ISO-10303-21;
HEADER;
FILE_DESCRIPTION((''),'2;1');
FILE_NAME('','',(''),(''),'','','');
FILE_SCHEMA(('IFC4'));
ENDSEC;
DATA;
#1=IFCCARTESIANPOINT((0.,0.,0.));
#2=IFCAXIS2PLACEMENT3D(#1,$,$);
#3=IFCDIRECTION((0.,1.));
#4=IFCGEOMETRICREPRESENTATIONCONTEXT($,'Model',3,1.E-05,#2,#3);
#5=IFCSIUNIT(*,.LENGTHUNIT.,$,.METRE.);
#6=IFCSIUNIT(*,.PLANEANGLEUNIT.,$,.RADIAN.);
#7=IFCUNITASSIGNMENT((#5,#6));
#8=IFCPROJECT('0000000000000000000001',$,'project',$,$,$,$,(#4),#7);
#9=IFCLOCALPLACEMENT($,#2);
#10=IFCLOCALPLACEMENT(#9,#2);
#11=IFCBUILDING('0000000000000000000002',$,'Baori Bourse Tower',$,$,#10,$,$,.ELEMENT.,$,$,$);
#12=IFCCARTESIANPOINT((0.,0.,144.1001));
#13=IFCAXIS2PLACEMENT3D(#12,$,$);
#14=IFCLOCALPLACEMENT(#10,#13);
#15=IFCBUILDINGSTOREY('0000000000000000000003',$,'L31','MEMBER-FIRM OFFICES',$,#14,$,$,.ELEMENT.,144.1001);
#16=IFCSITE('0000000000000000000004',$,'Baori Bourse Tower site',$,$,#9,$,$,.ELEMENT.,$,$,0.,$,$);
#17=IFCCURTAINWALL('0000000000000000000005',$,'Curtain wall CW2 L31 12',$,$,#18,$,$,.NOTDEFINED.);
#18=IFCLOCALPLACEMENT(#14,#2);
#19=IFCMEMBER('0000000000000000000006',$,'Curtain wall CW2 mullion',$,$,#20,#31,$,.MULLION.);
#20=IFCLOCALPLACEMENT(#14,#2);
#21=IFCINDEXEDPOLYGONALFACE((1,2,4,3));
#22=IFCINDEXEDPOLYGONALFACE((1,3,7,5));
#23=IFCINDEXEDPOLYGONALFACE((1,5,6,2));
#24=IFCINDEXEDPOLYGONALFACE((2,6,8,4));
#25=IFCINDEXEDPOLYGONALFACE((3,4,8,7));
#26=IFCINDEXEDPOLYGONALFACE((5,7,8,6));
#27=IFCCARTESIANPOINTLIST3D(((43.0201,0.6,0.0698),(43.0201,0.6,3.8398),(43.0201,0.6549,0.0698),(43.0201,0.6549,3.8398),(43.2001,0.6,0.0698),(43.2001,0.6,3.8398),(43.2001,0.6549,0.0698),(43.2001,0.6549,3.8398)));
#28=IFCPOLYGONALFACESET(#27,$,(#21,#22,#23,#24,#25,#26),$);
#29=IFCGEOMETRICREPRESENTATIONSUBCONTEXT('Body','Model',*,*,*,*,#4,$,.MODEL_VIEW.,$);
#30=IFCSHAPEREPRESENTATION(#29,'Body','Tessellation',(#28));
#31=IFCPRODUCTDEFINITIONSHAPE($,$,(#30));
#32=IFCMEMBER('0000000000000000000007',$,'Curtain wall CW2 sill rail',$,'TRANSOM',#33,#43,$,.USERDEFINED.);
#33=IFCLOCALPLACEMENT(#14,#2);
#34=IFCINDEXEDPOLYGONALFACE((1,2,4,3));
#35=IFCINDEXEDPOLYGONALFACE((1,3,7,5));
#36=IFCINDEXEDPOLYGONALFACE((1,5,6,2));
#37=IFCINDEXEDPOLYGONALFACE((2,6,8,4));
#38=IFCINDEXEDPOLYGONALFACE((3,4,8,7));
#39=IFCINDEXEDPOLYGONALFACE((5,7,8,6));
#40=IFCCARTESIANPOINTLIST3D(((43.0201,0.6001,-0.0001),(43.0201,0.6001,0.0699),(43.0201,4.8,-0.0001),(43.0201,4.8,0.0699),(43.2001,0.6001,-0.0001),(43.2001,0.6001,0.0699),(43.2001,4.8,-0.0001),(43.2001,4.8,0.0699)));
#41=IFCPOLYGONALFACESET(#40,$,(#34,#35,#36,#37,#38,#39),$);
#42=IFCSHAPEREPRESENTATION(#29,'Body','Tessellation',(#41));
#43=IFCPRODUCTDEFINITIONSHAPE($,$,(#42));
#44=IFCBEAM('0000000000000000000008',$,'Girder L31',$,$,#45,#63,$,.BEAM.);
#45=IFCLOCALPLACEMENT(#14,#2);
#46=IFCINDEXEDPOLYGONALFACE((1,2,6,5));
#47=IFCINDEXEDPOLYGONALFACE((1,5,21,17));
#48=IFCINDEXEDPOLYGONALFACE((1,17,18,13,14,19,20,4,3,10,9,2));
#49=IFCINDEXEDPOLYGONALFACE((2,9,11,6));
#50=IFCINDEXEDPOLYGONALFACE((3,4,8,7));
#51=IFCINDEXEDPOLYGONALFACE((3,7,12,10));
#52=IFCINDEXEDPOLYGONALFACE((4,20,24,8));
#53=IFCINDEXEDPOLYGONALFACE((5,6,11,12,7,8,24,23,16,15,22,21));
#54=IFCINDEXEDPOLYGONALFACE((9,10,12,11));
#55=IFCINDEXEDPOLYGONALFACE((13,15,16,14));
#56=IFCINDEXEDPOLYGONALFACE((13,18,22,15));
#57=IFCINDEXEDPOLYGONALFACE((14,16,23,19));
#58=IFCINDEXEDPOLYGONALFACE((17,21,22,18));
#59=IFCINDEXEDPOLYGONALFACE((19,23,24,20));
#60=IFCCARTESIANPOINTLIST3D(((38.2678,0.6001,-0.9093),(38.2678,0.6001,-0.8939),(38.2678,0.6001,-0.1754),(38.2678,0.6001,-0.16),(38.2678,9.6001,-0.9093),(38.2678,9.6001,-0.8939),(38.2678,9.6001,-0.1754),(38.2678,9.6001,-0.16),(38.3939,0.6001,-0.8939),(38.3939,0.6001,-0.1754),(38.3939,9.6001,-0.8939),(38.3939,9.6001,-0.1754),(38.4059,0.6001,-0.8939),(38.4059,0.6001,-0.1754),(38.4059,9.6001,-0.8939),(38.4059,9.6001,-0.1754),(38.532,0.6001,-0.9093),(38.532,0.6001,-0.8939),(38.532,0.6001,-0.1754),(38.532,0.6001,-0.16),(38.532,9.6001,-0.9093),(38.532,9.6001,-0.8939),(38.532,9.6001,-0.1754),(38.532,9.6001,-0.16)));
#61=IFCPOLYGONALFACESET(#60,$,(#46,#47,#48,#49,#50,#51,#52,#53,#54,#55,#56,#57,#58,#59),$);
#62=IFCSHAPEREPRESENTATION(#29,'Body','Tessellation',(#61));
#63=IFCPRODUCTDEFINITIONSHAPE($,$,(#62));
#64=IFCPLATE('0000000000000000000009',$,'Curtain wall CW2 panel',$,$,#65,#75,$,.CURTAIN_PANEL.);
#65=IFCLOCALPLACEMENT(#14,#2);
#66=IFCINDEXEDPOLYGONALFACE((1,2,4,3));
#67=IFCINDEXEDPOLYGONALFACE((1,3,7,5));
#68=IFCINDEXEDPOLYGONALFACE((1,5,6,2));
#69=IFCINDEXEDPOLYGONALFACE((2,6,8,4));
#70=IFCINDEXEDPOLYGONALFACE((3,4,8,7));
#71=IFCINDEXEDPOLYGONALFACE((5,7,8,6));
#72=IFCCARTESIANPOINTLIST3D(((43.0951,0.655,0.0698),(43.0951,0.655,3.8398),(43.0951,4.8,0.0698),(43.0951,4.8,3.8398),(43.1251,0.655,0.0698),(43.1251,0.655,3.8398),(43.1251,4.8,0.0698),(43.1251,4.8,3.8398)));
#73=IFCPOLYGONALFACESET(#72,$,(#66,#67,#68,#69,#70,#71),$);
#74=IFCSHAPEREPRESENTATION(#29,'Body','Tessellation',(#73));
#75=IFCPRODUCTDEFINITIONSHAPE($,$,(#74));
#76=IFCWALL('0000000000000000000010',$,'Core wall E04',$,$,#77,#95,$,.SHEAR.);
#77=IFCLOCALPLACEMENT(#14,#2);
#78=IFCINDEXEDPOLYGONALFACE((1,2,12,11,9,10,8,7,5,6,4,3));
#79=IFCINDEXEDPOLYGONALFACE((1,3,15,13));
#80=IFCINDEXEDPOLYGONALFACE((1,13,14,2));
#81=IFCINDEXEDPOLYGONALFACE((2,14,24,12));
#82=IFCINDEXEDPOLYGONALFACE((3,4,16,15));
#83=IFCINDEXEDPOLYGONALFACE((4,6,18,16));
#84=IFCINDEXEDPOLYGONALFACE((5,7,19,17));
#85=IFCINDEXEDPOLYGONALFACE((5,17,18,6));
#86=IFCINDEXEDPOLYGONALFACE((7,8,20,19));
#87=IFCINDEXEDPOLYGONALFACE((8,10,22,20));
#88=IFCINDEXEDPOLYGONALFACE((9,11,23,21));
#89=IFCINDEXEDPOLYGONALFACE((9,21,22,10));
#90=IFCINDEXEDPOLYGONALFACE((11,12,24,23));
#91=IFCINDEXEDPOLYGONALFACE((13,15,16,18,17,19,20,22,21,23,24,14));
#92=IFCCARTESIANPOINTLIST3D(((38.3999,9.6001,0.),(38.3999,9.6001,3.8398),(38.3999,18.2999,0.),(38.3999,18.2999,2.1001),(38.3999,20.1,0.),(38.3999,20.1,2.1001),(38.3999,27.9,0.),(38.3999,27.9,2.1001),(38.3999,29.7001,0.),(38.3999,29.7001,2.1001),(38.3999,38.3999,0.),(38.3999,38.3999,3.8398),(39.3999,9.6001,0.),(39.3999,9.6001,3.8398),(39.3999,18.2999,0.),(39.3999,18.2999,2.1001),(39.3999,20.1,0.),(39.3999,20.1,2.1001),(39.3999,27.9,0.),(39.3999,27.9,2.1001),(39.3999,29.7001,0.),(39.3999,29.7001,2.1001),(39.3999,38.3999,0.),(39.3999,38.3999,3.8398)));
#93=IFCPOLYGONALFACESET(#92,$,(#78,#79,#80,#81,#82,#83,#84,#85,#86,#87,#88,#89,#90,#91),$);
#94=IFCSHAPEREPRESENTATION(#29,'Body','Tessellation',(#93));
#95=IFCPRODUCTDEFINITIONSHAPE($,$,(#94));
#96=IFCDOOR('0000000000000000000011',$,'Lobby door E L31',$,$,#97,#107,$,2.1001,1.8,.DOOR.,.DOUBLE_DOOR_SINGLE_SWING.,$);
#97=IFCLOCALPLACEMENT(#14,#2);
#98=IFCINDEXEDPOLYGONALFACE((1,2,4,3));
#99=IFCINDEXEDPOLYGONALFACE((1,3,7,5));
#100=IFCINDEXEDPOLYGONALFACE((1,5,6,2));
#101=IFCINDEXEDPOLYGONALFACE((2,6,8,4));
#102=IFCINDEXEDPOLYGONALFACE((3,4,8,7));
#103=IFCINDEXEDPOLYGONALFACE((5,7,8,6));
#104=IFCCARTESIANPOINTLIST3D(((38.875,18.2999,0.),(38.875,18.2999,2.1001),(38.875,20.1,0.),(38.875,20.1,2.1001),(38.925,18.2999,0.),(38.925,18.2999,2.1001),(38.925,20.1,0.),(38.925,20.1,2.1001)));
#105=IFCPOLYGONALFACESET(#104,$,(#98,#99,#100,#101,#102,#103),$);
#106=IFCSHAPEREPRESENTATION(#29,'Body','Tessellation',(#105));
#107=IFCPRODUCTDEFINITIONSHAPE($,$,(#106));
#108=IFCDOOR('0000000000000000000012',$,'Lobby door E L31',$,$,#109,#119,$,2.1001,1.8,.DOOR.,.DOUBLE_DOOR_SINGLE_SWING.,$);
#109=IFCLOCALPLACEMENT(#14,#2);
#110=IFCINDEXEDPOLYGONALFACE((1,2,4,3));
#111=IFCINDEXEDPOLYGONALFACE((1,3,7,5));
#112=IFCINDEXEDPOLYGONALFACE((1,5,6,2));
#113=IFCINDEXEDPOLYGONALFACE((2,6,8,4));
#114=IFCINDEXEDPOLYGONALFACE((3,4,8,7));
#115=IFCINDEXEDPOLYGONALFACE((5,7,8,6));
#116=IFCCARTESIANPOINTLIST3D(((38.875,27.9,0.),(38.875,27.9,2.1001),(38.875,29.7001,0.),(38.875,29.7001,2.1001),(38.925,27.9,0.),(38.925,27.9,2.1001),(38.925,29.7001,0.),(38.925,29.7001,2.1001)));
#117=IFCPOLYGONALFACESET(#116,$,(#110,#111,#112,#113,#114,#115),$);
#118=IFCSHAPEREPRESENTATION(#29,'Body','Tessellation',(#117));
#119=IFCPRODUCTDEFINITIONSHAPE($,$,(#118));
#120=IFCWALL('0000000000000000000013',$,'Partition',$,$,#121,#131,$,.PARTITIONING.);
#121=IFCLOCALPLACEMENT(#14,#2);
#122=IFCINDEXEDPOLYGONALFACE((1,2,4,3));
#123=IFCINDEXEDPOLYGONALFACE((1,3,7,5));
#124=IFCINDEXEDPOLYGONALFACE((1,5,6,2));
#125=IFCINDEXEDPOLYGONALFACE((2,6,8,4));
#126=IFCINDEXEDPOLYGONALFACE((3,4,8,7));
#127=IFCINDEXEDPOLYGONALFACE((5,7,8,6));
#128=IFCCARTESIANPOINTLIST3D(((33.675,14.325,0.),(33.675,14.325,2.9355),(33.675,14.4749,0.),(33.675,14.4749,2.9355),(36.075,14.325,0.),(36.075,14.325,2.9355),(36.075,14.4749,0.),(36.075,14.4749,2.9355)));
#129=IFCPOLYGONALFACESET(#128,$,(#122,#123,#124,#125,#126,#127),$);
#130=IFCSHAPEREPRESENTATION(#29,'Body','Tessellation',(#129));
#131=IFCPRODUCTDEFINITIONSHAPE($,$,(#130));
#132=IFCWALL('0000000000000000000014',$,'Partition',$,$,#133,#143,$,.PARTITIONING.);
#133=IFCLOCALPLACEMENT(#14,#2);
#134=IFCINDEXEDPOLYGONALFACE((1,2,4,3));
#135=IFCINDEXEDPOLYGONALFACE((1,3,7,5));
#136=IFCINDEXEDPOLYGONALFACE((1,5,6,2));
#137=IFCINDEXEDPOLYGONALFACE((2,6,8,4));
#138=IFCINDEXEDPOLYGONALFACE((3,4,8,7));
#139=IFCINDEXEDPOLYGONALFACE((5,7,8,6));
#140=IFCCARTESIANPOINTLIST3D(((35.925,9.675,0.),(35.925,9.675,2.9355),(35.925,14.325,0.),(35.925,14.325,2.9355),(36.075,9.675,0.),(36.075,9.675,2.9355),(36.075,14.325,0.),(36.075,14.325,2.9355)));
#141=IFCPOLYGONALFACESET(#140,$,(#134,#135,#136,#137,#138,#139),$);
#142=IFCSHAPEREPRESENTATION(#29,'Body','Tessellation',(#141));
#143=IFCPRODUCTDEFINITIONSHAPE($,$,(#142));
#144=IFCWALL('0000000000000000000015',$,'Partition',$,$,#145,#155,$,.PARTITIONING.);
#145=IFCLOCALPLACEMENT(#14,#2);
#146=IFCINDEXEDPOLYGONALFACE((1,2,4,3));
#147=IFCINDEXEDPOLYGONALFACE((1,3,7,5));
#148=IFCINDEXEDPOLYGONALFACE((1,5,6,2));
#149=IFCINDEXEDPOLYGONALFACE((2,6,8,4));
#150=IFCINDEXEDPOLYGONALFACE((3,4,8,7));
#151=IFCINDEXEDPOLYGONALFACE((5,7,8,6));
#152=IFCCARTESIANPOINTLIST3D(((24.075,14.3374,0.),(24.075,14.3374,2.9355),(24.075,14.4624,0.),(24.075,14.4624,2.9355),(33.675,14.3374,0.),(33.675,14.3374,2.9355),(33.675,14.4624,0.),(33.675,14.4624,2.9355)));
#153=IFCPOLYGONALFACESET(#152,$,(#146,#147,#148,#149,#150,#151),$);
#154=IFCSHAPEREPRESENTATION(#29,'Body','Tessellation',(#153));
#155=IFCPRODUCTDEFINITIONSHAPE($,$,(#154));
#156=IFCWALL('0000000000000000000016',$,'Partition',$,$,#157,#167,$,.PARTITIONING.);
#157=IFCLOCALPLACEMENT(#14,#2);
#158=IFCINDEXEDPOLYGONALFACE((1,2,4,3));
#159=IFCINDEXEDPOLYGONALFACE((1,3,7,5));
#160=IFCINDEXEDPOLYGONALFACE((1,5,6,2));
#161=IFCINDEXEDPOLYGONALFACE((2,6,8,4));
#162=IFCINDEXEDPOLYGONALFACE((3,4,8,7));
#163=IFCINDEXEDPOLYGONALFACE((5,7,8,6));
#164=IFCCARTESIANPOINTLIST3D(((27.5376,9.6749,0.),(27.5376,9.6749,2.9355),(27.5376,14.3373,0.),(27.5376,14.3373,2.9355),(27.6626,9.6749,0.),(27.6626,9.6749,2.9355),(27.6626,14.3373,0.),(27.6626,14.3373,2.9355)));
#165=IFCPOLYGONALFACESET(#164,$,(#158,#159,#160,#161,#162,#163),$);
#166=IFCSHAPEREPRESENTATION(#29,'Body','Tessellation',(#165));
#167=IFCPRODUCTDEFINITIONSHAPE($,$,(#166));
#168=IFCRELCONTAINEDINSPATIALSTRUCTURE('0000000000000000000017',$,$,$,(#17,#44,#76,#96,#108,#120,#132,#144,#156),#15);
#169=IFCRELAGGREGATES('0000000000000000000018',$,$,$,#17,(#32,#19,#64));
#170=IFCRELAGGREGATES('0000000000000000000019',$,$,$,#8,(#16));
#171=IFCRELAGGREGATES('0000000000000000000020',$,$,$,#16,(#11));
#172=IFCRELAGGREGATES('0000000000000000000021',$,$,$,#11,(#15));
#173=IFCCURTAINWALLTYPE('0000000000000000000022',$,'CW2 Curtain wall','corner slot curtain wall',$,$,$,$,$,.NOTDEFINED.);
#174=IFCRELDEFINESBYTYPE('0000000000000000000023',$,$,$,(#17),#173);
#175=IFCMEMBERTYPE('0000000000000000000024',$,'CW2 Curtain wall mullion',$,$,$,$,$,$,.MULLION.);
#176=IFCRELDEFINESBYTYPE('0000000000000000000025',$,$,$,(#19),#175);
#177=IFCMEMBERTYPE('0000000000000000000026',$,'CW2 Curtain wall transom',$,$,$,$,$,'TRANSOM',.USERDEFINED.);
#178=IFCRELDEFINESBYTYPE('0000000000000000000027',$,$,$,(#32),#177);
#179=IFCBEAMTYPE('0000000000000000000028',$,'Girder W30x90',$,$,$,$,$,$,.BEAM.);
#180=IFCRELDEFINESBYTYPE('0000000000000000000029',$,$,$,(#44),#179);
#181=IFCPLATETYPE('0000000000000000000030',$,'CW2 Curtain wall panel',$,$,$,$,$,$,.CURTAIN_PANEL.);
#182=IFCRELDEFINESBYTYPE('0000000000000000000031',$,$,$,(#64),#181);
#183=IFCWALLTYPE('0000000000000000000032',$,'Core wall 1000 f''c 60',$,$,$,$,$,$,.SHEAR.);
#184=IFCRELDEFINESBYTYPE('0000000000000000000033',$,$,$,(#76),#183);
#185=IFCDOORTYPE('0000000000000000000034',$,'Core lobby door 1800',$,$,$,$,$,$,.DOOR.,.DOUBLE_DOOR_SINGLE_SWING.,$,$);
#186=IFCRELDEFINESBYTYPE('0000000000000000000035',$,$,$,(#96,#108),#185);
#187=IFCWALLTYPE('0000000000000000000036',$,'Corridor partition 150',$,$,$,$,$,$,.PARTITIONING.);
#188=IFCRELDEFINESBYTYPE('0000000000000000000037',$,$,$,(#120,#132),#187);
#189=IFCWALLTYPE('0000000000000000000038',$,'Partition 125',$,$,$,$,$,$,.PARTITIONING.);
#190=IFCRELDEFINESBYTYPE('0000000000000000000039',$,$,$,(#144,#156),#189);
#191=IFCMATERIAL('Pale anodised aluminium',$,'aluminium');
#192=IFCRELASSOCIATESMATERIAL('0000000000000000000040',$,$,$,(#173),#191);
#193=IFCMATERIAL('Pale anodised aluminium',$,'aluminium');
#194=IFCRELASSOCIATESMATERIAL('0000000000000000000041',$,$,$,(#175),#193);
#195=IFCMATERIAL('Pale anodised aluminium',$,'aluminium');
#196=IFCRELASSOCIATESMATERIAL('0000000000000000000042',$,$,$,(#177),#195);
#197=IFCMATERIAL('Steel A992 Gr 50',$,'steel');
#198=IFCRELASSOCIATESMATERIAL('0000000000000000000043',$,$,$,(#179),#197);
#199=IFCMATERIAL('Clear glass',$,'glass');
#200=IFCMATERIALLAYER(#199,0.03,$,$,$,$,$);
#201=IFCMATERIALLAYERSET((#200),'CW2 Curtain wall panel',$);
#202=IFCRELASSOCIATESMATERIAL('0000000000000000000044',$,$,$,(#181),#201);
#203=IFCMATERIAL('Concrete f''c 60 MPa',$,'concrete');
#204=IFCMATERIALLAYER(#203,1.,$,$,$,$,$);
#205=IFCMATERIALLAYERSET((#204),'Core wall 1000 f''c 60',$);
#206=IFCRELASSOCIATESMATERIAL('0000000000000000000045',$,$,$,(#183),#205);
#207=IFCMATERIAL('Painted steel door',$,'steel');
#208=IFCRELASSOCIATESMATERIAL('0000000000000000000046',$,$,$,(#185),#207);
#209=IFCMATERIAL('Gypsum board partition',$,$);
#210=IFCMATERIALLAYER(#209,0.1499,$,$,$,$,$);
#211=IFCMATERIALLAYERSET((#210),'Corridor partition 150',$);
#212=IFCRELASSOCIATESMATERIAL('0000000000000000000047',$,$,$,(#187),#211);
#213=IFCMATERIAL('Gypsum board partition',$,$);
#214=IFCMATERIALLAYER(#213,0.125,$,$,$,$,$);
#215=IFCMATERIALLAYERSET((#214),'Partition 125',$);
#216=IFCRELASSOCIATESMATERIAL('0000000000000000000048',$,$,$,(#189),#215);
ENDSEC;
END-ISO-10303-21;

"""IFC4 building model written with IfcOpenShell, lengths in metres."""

from ifc_helpers import new_model, si_unit, direction, frame, frame_2d, origin, origin_2d, place, context, subcontext, project, spatial, rectangle, i_section, extrude, material, layer, layer_set, material_profile, profile_set, type_object, element, fill, aggregate, save


model = new_model("IFC4")

# Units and contexts
model_context = context("Model", 3, precision=1e-05, world=origin(), true_north=direction((0.0, 1.0)))
body_context = subcontext(model_context, "Body", "Model", "MODEL_VIEW")
ifc_project = project(units=[si_unit("LENGTHUNIT", "METRE"), si_unit("PLANEANGLEUNIT", "RADIAN")], contexts=[model_context])

# Site, building, storey
site_placement = place(None, origin())
site = spatial("IfcSite", under=ifc_project, at=site_placement, Name="Baori Bourse Tower site", CompositionType="ELEMENT", RefElevation=0.0)
building_placement = place(site_placement, origin())
building = spatial("IfcBuilding", under=site, at=building_placement, Name="Baori Bourse Tower", CompositionType="ELEMENT")
storey_placement = place(building_placement, frame((0.0, 0.0, 144.1001)))
storey = spatial("IfcBuildingStorey", under=building, at=storey_placement, Name="L31", Description="MEMBER-FIRM OFFICES", CompositionType="ELEMENT", Elevation=144.1001)

# Curtain wall, members
ifc_material_1 = material(Name="Pale anodised aluminium", Category="aluminium")
curtain_wall_type = type_object("IfcCurtainWallType", Name="CW2 Curtain wall", Description="corner slot curtain wall", PredefinedType="NOTDEFINED", material=ifc_material_1)
curtain_wall_placement = place(storey_placement, origin())
curtain_wall = element("IfcCurtainWall", 1, at=curtain_wall_placement, inside=storey, type_object=curtain_wall_type, Name="Curtain wall CW2 L31 12", PredefinedType="NOTDEFINED")
ifc_material_2 = material(Name="Pale anodised aluminium", Category="aluminium")
ifc_material_profile_1 = material_profile(ifc_material_2, rectangle(XDim=0.1799, YDim=0.0549, at=origin_2d()), Name="Mullion 55x180")
ifc_profile_set_1 = profile_set([ifc_material_profile_1], Name="Pale anodised aluminium")
member_type_1 = type_object("IfcMemberType", Name="CW2 Curtain wall mullion", PredefinedType="MULLION", material=ifc_profile_set_1)
member_1_placement = place(storey_placement, frame((43.1101, 0.6274, 0.0698), z_axis=(0.0, 0.0, 1.0), x_axis=(-1.0, 0.0, 0.0)))
member_1 = element("IfcMember", 2, at=member_1_placement, type_object=member_type_1, Name="Curtain wall CW2 mullion", PredefinedType="MULLION", context=body_context, shape_type="SweptSolid", body=[
    extrude(rectangle(XDim=0.1799, YDim=0.0549, at=origin_2d()), origin(), (0.0, 0.0, 1.0), 3.77),
])
ifc_material_3 = material(Name="Pale anodised aluminium", Category="aluminium")
ifc_material_profile_2 = material_profile(ifc_material_3, rectangle(XDim=0.1799, YDim=0.0701, at=origin_2d()), Name="Transom 70x180")
ifc_profile_set_2 = profile_set([ifc_material_profile_2], Name="Pale anodised aluminium")
member_type_2 = type_object("IfcMemberType", Name="CW2 Curtain wall transom", ElementType="TRANSOM", PredefinedType="USERDEFINED", material=ifc_profile_set_2)
member_2_placement = place(storey_placement, frame((43.1101, 0.6001, 0.0349), z_axis=(0.0, 1.0, 0.0), x_axis=(-1.0, 0.0, 0.0)))
member_2 = element("IfcMember", 3, at=member_2_placement, type_object=member_type_2, Name="Curtain wall CW2 sill rail", ObjectType="TRANSOM", PredefinedType="USERDEFINED", context=body_context, shape_type="SweptSolid", body=[
    extrude(rectangle(XDim=0.1799, YDim=0.0701, at=origin_2d()), origin(), (0.0, 0.0, 1.0), 4.2),
])

# Beam
ifc_material_4 = material(Name="Steel A992 Gr 50", Category="steel")
ifc_material_profile_3 = material_profile(ifc_material_4, i_section(OverallWidth=0.2642, OverallDepth=0.7493, WebThickness=0.012, FlangeThickness=0.0154, at=origin_2d()), Name="W30x90")
ifc_profile_set_3 = profile_set([ifc_material_profile_3], Name="Steel A992 Gr 50")
beam_type = type_object("IfcBeamType", Name="Girder W30x90", PredefinedType="BEAM", material=ifc_profile_set_3)
beam_placement = place(storey_placement, frame((38.3999, 0.6001, -0.5347), z_axis=(0.0, 1.0, 0.0), x_axis=(-1.0, 0.0, 0.0)))
element("IfcBeam", 4, at=beam_placement, inside=storey, type_object=beam_type, Name="Girder L31", PredefinedType="BEAM", context=body_context, shape_type="SweptSolid", body=[
    extrude(i_section(OverallWidth=0.2642, OverallDepth=0.7493, WebThickness=0.012, FlangeThickness=0.0154, at=origin_2d()), origin(), (0.0, 0.0, 1.0), 9.0),
])

# Plate
ifc_material_5 = material(Name="Clear glass", Category="glass")
ifc_layer_1 = layer(ifc_material_5, 0.03)
ifc_layer_set_1 = layer_set([ifc_layer_1], Name="CW2 Curtain wall panel")
plate_type = type_object("IfcPlateType", Name="CW2 Curtain wall panel", PredefinedType="CURTAIN_PANEL", material=ifc_layer_set_1)
plate_placement = place(storey_placement, frame((43.1101, 2.7275, 0.0698), z_axis=(0.0, 0.0, 1.0), x_axis=(0.0, 1.0, 0.0)))
plate = element("IfcPlate", 5, at=plate_placement, type_object=plate_type, Name="Curtain wall CW2 panel", PredefinedType="CURTAIN_PANEL", context=body_context, shape_type="SweptSolid", body=[
    extrude(rectangle(XDim=4.145, YDim=0.03, at=origin_2d()), origin(), (0.0, 0.0, 1.0), 3.77),
])
aggregate(curtain_wall, [member_2, member_1, plate])

# Wall, openings, doors
ifc_material_6 = material(Name="Concrete f'c 60 MPa", Category="concrete")
ifc_layer_2 = layer(ifc_material_6, 1.0)
ifc_layer_set_2 = layer_set([ifc_layer_2], Name="Core wall 1000 f'c 60")
wall_type_1 = type_object("IfcWallType", Name="Core wall 1000 f'c 60", PredefinedType="SHEAR", material=ifc_layer_set_2)
wall_1_placement = place(storey_placement, frame((38.8999, 9.6001, 0.0), z_axis=(0.0, 0.0, 1.0), x_axis=(0.0, 1.0, 0.0)))
wall_1 = element("IfcWall", 6, at=wall_1_placement, inside=storey, type_object=wall_type_1, Name="Core wall E04", PredefinedType="SHEAR", context=body_context, shape_type="SweptSolid", body=[
    extrude(rectangle(XDim=28.7998, YDim=1.0, at=frame_2d((14.3999, 0.0))), origin(), (0.0, 0.0, 1.0), 3.8398),
])
opening_1_placement = place(wall_1_placement, frame((8.7, 0.0, 0.0)))
opening_1 = element("IfcOpeningElement", 7, at=opening_1_placement, cuts=wall_1, PredefinedType="OPENING", context=body_context, shape_type="SweptSolid", body=[
    extrude(rectangle(XDim=1.8, YDim=2.1001, at=frame_2d((0.8999, 1.05))), frame((0.0, 0.51, 0.0), z_axis=(0.0, -1.0, 0.0), x_axis=(1.0, 0.0, 0.0)), (0.0, 0.0, 1.0), 1.02),
])
opening_2_placement = place(wall_1_placement, frame((18.3, 0.0, 0.0)))
opening_2 = element("IfcOpeningElement", 8, at=opening_2_placement, cuts=wall_1, PredefinedType="OPENING", context=body_context, shape_type="SweptSolid", body=[
    extrude(rectangle(XDim=1.8, YDim=2.1001, at=frame_2d((0.8999, 1.05))), frame((0.0, 0.51, 0.0), z_axis=(0.0, -1.0, 0.0), x_axis=(1.0, 0.0, 0.0)), (0.0, 0.0, 1.0), 1.02),
])
ifc_material_7 = material(Name="Painted steel door", Category="steel")
door_type = type_object("IfcDoorType", Name="Core lobby door 1800", OperationType="DOUBLE_DOOR_SINGLE_SWING", PredefinedType="DOOR", material=ifc_material_7)
door_1_placement = place(opening_1_placement, origin())
door_1 = element("IfcDoor", 9, at=door_1_placement, inside=storey, type_object=door_type, Name="Lobby door E L31", OperationType="DOUBLE_DOOR_SINGLE_SWING", OverallHeight=2.1001, OverallWidth=1.8, PredefinedType="DOOR", context=body_context, shape_type="SweptSolid", body=[
    extrude(rectangle(XDim=1.8, YDim=2.1001, at=frame_2d((0.8999, 1.05))), frame((0.0, 0.0249, 0.0), z_axis=(0.0, -1.0, 0.0), x_axis=(1.0, 0.0, 0.0)), (0.0, 0.0, 1.0), 0.05),
])
fill(opening_1, door_1)
door_2_placement = place(opening_2_placement, origin())
door_2 = element("IfcDoor", 10, at=door_2_placement, inside=storey, type_object=door_type, Name="Lobby door E L31", OperationType="DOUBLE_DOOR_SINGLE_SWING", OverallHeight=2.1001, OverallWidth=1.8, PredefinedType="DOOR", context=body_context, shape_type="SweptSolid", body=[
    extrude(rectangle(XDim=1.8, YDim=2.1001, at=frame_2d((0.8999, 1.05))), frame((0.0, 0.0249, 0.0), z_axis=(0.0, -1.0, 0.0), x_axis=(1.0, 0.0, 0.0)), (0.0, 0.0, 1.0), 0.05),
])
fill(opening_2, door_2)

# Walls
ifc_material_8 = material(Name="Gypsum board partition")
ifc_layer_3 = layer(ifc_material_8, 0.1499)
ifc_layer_set_3 = layer_set([ifc_layer_3], Name="Corridor partition 150")
wall_type_2 = type_object("IfcWallType", Name="Corridor partition 150", PredefinedType="PARTITIONING", material=ifc_layer_set_3)
wall_2_placement = place(storey_placement, frame((33.675, 14.3999, 0.0), z_axis=(0.0, 0.0, 1.0), x_axis=(1.0, 0.0, 0.0)))
element("IfcWall", 11, at=wall_2_placement, inside=storey, type_object=wall_type_2, Name="Partition", PredefinedType="PARTITIONING", context=body_context, shape_type="SweptSolid", body=[
    extrude(rectangle(XDim=2.3999, YDim=0.1499, at=frame_2d((1.2, 0.0))), origin(), (0.0, 0.0, 1.0), 2.9355),
])
wall_3_placement = place(storey_placement, frame((36.0, 9.675, 0.0), z_axis=(0.0, 0.0, 1.0), x_axis=(0.0, 1.0, 0.0)))
element("IfcWall", 12, at=wall_3_placement, inside=storey, type_object=wall_type_2, Name="Partition", PredefinedType="PARTITIONING", context=body_context, shape_type="SweptSolid", body=[
    extrude(rectangle(XDim=4.6499, YDim=0.1499, at=frame_2d((2.325, 0.0))), origin(), (0.0, 0.0, 1.0), 2.9355),
])
ifc_material_9 = material(Name="Gypsum board partition")
ifc_layer_4 = layer(ifc_material_9, 0.125)
ifc_layer_set_4 = layer_set([ifc_layer_4], Name="Partition 125")
wall_type_3 = type_object("IfcWallType", Name="Partition 125", PredefinedType="PARTITIONING", material=ifc_layer_set_4)
wall_4_placement = place(storey_placement, frame((24.075, 14.3999, 0.0), z_axis=(0.0, 0.0, 1.0), x_axis=(1.0, 0.0, 0.0)))
element("IfcWall", 13, at=wall_4_placement, inside=storey, type_object=wall_type_3, Name="Partition", PredefinedType="PARTITIONING", context=body_context, shape_type="SweptSolid", body=[
    extrude(rectangle(XDim=9.6001, YDim=0.125, at=frame_2d((4.8, 0.0))), origin(), (0.0, 0.0, 1.0), 2.9355),
])
wall_5_placement = place(storey_placement, frame((27.6001, 9.675, 0.0), z_axis=(0.0, 0.0, 1.0), x_axis=(0.0, 1.0, 0.0)))
element("IfcWall", 14, at=wall_5_placement, inside=storey, type_object=wall_type_3, Name="Partition", PredefinedType="PARTITIONING", context=body_context, shape_type="SweptSolid", body=[
    extrude(rectangle(XDim=4.6624, YDim=0.125, at=frame_2d((2.3311, 0.0))), origin(), (0.0, 0.0, 1.0), 2.9355),
])

save(model, "model.ifc")
